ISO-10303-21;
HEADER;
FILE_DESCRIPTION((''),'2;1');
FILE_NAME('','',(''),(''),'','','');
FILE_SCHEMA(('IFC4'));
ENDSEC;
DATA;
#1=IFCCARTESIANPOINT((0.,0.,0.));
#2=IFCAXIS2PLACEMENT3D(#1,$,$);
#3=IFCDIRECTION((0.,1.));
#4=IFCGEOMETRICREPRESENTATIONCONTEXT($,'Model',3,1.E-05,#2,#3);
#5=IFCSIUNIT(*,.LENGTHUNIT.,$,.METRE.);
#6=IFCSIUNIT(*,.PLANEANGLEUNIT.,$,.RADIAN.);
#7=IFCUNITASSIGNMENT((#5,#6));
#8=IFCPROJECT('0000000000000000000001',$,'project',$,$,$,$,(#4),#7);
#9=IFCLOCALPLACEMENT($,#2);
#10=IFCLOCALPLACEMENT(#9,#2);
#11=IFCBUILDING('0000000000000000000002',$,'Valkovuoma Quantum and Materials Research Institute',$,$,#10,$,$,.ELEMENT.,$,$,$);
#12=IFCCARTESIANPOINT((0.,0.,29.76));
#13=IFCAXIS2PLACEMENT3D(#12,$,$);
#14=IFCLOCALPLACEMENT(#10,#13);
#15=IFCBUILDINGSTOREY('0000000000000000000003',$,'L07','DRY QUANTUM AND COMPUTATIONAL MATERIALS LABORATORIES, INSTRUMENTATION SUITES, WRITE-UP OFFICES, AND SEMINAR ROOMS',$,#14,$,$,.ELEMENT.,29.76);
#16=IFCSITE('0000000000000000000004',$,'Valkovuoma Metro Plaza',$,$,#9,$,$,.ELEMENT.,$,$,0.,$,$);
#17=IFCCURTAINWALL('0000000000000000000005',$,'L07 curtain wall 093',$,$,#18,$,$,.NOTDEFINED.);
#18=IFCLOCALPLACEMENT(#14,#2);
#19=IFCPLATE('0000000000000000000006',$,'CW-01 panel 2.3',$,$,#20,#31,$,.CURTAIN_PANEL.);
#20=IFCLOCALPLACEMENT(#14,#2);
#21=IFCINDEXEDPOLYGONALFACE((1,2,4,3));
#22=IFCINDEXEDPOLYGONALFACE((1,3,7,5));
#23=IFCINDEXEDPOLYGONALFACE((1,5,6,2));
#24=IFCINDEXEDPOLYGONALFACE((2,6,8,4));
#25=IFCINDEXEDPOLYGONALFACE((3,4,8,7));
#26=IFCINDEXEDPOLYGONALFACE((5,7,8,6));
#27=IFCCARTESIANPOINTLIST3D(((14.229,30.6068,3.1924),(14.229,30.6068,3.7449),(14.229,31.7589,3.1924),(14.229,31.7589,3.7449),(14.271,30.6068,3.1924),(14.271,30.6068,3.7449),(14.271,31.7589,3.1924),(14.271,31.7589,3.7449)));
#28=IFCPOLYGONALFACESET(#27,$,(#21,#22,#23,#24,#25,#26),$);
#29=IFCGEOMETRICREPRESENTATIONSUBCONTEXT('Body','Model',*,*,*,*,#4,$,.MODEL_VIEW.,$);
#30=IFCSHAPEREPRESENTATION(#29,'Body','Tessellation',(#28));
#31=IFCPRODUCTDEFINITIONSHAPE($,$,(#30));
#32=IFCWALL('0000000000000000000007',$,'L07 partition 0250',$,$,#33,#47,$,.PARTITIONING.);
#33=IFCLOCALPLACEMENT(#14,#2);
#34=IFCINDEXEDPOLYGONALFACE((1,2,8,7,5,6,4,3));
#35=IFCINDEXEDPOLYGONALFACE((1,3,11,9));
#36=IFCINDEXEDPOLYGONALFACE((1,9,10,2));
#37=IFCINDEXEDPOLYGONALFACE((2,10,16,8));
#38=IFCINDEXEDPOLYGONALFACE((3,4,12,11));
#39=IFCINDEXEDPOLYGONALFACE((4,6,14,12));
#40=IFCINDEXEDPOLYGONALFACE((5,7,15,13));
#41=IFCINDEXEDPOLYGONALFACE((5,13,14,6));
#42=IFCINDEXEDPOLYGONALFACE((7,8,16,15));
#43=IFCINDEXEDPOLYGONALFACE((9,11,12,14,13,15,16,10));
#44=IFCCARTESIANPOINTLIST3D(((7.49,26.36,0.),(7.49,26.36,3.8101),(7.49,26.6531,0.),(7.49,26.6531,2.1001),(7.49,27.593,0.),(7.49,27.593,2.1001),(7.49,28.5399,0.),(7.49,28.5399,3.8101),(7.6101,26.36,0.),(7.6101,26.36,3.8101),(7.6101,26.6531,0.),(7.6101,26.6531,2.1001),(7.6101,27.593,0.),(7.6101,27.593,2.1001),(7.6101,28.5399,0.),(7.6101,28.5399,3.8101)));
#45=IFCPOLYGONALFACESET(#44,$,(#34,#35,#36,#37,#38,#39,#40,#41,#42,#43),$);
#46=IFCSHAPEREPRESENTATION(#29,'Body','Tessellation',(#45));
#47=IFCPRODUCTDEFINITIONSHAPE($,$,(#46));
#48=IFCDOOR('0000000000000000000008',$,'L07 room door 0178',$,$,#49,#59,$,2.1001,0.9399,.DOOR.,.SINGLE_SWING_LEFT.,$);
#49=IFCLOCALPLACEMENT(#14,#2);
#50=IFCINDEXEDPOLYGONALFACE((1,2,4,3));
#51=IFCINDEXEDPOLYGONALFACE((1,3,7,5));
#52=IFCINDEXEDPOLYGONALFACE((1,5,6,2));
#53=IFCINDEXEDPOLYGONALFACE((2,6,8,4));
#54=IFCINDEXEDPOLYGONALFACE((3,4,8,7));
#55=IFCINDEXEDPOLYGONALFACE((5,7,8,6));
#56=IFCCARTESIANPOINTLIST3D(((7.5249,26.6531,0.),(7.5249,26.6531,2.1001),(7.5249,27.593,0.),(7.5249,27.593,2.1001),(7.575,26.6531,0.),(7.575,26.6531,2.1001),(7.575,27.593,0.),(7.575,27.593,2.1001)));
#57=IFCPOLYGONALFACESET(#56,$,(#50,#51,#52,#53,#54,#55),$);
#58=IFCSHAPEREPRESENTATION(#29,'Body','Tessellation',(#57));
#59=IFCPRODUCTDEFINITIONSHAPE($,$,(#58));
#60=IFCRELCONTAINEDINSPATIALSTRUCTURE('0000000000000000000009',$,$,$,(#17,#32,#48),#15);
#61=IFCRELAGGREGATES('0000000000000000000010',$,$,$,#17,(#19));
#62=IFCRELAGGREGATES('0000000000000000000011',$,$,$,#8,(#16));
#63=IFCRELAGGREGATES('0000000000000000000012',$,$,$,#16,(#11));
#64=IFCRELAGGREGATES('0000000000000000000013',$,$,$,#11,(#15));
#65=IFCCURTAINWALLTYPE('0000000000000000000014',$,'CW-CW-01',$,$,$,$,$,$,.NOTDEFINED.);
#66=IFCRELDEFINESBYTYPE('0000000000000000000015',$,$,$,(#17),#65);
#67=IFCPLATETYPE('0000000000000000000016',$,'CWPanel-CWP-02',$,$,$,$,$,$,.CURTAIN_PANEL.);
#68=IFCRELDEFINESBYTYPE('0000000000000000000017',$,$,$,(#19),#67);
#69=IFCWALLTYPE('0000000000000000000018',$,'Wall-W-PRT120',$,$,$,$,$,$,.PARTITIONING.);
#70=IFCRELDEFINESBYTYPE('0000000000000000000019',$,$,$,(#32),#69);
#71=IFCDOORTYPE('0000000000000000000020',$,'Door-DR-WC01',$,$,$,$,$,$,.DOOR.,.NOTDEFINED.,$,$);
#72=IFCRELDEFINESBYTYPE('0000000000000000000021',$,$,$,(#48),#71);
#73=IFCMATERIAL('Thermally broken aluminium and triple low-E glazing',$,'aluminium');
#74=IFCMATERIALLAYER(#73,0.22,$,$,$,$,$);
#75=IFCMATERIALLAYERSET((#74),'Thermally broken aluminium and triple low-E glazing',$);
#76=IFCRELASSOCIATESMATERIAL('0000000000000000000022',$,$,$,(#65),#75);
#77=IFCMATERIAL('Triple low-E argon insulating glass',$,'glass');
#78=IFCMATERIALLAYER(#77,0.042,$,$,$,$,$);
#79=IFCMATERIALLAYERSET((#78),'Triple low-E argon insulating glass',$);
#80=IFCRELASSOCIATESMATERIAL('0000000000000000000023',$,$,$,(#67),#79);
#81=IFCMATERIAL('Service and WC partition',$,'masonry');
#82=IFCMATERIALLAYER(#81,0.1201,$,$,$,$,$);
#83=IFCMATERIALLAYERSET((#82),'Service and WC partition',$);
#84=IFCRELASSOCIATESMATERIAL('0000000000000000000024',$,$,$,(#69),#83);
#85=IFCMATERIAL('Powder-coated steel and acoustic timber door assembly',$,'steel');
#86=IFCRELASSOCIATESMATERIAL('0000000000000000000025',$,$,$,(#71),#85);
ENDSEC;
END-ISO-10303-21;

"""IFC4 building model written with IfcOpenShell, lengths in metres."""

from ifc_helpers import new_model, si_unit, direction, frame, frame_2d, origin, origin_2d, place, context, subcontext, project, spatial, rectangle, extrude, material, layer, layer_set, type_object, element, fill, aggregate, save


model = new_model("IFC4")

# Units and contexts
model_context = context("Model", 3, precision=1e-05, world=origin(), true_north=direction((0.0, 1.0)))
body_context = subcontext(model_context, "Body", "Model", "MODEL_VIEW")
ifc_project = project(units=[si_unit("LENGTHUNIT", "METRE"), si_unit("PLANEANGLEUNIT", "RADIAN")], contexts=[model_context])

# Site, building, storey
site_placement = place(None, origin())
site = spatial("IfcSite", under=ifc_project, at=site_placement, Name="Valkovuoma Metro Plaza", CompositionType="ELEMENT", RefElevation=0.0)
building_placement = place(site_placement, origin())
building = spatial("IfcBuilding", under=site, at=building_placement, Name="Valkovuoma Quantum and Materials Research Institute", CompositionType="ELEMENT")
storey_placement = place(building_placement, frame((0.0, 0.0, 29.76)))
storey = spatial("IfcBuildingStorey", under=building, at=storey_placement, Name="L07", Description="DRY QUANTUM AND COMPUTATIONAL MATERIALS LABORATORIES, INSTRUMENTATION SUITES, WRITE-UP OFFICES, AND SEMINAR ROOMS", CompositionType="ELEMENT", Elevation=29.76)

# Curtain wall
ifc_material_1 = material(Name="Thermally broken aluminium and triple low-E glazing", Category="aluminium")
ifc_layer_1 = layer(ifc_material_1, 0.22)
ifc_layer_set_1 = layer_set([ifc_layer_1], Name="Thermally broken aluminium and triple low-E glazing")
curtain_wall_type = type_object("IfcCurtainWallType", Name="CW-CW-01", PredefinedType="NOTDEFINED", material=ifc_layer_set_1)
curtain_wall_1_placement = place(storey_placement, origin())
curtain_wall_1 = element("IfcCurtainWall", 1, at=curtain_wall_1_placement, inside=storey, type_object=curtain_wall_type, Name="L07 curtain wall 093", PredefinedType="NOTDEFINED")

# Plate
ifc_material_2 = material(Name="Triple low-E argon insulating glass", Category="glass")
ifc_layer_2 = layer(ifc_material_2, 0.042)
ifc_layer_set_2 = layer_set([ifc_layer_2], Name="Triple low-E argon insulating glass")
plate_type = type_object("IfcPlateType", Name="CWPanel-CWP-02", PredefinedType="CURTAIN_PANEL", material=ifc_layer_set_2)
plate_1_placement = place(storey_placement, frame((14.25, 31.1829, 3.1924), z_axis=(0.0, 0.0, 1.0), x_axis=(0.0, 1.0, 0.0)))
plate_1 = element("IfcPlate", 2, at=plate_1_placement, type_object=plate_type, Name="CW-01 panel 2.3", PredefinedType="CURTAIN_PANEL", context=body_context, shape_type="SweptSolid", body=[
    extrude(rectangle(XDim=1.1521, YDim=0.042, at=origin_2d()), origin(), (0.0, 0.0, 1.0), 0.5525),
])
aggregate(curtain_wall_1, [plate_1])

# Wall, opening, door
ifc_material_3 = material(Name="Service and WC partition", Category="masonry")
ifc_layer_3 = layer(ifc_material_3, 0.1201)
ifc_layer_set_3 = layer_set([ifc_layer_3], Name="Service and WC partition")
wall_type = type_object("IfcWallType", Name="Wall-W-PRT120", PredefinedType="PARTITIONING", material=ifc_layer_set_3)
wall_placement = place(storey_placement, frame((7.55, 26.3601, 0.0), z_axis=(0.0, 0.0, 1.0), x_axis=(0.0, 1.0, 0.0)))
wall = element("IfcWall", 3, at=wall_placement, inside=storey, type_object=wall_type, Name="L07 partition 0250", PredefinedType="PARTITIONING", context=body_context, shape_type="SweptSolid", body=[
    extrude(rectangle(XDim=2.1799, YDim=0.1201, at=frame_2d((1.0898, 0.0))), origin(), (0.0, 0.0, 1.0), 3.8101),
])
opening_placement = place(wall_placement, frame((0.293, 0.0, 0.0)))
opening = element("IfcOpeningElement", 4, at=opening_placement, cuts=wall, PredefinedType="OPENING", context=body_context, shape_type="SweptSolid", body=[
    extrude(rectangle(XDim=0.9399, YDim=2.1001, at=frame_2d((0.47, 1.05))), frame((0.0, 0.0701, 0.0), z_axis=(0.0, -1.0, 0.0), x_axis=(1.0, 0.0, 0.0)), (0.0, 0.0, 1.0), 0.1401),
])
ifc_material_4 = material(Name="Powder-coated steel and acoustic timber door assembly", Category="steel")
door_type = type_object("IfcDoorType", Name="Door-DR-WC01", OperationType="NOTDEFINED", PredefinedType="DOOR", material=ifc_material_4)
door_placement = place(opening_placement, frame((0.9399, 0.0, 0.0), z_axis=(0.0, 0.0, 1.0), x_axis=(-1.0, 0.0, 0.0)))
door = element("IfcDoor", 5, at=door_placement, inside=storey, type_object=door_type, Name="L07 room door 0178", OperationType="SINGLE_SWING_LEFT", OverallHeight=2.1001, OverallWidth=0.9399, PredefinedType="DOOR", context=body_context, shape_type="SweptSolid", body=[
    extrude(rectangle(XDim=0.9399, YDim=2.1001, at=frame_2d((0.47, 1.05))), frame((0.0, 0.0249, 0.0), z_axis=(0.0, -1.0, 0.0), x_axis=(1.0, 0.0, 0.0)), (0.0, 0.0, 1.0), 0.05),
])
fill(opening, door)

save(model, "model.ifc")
